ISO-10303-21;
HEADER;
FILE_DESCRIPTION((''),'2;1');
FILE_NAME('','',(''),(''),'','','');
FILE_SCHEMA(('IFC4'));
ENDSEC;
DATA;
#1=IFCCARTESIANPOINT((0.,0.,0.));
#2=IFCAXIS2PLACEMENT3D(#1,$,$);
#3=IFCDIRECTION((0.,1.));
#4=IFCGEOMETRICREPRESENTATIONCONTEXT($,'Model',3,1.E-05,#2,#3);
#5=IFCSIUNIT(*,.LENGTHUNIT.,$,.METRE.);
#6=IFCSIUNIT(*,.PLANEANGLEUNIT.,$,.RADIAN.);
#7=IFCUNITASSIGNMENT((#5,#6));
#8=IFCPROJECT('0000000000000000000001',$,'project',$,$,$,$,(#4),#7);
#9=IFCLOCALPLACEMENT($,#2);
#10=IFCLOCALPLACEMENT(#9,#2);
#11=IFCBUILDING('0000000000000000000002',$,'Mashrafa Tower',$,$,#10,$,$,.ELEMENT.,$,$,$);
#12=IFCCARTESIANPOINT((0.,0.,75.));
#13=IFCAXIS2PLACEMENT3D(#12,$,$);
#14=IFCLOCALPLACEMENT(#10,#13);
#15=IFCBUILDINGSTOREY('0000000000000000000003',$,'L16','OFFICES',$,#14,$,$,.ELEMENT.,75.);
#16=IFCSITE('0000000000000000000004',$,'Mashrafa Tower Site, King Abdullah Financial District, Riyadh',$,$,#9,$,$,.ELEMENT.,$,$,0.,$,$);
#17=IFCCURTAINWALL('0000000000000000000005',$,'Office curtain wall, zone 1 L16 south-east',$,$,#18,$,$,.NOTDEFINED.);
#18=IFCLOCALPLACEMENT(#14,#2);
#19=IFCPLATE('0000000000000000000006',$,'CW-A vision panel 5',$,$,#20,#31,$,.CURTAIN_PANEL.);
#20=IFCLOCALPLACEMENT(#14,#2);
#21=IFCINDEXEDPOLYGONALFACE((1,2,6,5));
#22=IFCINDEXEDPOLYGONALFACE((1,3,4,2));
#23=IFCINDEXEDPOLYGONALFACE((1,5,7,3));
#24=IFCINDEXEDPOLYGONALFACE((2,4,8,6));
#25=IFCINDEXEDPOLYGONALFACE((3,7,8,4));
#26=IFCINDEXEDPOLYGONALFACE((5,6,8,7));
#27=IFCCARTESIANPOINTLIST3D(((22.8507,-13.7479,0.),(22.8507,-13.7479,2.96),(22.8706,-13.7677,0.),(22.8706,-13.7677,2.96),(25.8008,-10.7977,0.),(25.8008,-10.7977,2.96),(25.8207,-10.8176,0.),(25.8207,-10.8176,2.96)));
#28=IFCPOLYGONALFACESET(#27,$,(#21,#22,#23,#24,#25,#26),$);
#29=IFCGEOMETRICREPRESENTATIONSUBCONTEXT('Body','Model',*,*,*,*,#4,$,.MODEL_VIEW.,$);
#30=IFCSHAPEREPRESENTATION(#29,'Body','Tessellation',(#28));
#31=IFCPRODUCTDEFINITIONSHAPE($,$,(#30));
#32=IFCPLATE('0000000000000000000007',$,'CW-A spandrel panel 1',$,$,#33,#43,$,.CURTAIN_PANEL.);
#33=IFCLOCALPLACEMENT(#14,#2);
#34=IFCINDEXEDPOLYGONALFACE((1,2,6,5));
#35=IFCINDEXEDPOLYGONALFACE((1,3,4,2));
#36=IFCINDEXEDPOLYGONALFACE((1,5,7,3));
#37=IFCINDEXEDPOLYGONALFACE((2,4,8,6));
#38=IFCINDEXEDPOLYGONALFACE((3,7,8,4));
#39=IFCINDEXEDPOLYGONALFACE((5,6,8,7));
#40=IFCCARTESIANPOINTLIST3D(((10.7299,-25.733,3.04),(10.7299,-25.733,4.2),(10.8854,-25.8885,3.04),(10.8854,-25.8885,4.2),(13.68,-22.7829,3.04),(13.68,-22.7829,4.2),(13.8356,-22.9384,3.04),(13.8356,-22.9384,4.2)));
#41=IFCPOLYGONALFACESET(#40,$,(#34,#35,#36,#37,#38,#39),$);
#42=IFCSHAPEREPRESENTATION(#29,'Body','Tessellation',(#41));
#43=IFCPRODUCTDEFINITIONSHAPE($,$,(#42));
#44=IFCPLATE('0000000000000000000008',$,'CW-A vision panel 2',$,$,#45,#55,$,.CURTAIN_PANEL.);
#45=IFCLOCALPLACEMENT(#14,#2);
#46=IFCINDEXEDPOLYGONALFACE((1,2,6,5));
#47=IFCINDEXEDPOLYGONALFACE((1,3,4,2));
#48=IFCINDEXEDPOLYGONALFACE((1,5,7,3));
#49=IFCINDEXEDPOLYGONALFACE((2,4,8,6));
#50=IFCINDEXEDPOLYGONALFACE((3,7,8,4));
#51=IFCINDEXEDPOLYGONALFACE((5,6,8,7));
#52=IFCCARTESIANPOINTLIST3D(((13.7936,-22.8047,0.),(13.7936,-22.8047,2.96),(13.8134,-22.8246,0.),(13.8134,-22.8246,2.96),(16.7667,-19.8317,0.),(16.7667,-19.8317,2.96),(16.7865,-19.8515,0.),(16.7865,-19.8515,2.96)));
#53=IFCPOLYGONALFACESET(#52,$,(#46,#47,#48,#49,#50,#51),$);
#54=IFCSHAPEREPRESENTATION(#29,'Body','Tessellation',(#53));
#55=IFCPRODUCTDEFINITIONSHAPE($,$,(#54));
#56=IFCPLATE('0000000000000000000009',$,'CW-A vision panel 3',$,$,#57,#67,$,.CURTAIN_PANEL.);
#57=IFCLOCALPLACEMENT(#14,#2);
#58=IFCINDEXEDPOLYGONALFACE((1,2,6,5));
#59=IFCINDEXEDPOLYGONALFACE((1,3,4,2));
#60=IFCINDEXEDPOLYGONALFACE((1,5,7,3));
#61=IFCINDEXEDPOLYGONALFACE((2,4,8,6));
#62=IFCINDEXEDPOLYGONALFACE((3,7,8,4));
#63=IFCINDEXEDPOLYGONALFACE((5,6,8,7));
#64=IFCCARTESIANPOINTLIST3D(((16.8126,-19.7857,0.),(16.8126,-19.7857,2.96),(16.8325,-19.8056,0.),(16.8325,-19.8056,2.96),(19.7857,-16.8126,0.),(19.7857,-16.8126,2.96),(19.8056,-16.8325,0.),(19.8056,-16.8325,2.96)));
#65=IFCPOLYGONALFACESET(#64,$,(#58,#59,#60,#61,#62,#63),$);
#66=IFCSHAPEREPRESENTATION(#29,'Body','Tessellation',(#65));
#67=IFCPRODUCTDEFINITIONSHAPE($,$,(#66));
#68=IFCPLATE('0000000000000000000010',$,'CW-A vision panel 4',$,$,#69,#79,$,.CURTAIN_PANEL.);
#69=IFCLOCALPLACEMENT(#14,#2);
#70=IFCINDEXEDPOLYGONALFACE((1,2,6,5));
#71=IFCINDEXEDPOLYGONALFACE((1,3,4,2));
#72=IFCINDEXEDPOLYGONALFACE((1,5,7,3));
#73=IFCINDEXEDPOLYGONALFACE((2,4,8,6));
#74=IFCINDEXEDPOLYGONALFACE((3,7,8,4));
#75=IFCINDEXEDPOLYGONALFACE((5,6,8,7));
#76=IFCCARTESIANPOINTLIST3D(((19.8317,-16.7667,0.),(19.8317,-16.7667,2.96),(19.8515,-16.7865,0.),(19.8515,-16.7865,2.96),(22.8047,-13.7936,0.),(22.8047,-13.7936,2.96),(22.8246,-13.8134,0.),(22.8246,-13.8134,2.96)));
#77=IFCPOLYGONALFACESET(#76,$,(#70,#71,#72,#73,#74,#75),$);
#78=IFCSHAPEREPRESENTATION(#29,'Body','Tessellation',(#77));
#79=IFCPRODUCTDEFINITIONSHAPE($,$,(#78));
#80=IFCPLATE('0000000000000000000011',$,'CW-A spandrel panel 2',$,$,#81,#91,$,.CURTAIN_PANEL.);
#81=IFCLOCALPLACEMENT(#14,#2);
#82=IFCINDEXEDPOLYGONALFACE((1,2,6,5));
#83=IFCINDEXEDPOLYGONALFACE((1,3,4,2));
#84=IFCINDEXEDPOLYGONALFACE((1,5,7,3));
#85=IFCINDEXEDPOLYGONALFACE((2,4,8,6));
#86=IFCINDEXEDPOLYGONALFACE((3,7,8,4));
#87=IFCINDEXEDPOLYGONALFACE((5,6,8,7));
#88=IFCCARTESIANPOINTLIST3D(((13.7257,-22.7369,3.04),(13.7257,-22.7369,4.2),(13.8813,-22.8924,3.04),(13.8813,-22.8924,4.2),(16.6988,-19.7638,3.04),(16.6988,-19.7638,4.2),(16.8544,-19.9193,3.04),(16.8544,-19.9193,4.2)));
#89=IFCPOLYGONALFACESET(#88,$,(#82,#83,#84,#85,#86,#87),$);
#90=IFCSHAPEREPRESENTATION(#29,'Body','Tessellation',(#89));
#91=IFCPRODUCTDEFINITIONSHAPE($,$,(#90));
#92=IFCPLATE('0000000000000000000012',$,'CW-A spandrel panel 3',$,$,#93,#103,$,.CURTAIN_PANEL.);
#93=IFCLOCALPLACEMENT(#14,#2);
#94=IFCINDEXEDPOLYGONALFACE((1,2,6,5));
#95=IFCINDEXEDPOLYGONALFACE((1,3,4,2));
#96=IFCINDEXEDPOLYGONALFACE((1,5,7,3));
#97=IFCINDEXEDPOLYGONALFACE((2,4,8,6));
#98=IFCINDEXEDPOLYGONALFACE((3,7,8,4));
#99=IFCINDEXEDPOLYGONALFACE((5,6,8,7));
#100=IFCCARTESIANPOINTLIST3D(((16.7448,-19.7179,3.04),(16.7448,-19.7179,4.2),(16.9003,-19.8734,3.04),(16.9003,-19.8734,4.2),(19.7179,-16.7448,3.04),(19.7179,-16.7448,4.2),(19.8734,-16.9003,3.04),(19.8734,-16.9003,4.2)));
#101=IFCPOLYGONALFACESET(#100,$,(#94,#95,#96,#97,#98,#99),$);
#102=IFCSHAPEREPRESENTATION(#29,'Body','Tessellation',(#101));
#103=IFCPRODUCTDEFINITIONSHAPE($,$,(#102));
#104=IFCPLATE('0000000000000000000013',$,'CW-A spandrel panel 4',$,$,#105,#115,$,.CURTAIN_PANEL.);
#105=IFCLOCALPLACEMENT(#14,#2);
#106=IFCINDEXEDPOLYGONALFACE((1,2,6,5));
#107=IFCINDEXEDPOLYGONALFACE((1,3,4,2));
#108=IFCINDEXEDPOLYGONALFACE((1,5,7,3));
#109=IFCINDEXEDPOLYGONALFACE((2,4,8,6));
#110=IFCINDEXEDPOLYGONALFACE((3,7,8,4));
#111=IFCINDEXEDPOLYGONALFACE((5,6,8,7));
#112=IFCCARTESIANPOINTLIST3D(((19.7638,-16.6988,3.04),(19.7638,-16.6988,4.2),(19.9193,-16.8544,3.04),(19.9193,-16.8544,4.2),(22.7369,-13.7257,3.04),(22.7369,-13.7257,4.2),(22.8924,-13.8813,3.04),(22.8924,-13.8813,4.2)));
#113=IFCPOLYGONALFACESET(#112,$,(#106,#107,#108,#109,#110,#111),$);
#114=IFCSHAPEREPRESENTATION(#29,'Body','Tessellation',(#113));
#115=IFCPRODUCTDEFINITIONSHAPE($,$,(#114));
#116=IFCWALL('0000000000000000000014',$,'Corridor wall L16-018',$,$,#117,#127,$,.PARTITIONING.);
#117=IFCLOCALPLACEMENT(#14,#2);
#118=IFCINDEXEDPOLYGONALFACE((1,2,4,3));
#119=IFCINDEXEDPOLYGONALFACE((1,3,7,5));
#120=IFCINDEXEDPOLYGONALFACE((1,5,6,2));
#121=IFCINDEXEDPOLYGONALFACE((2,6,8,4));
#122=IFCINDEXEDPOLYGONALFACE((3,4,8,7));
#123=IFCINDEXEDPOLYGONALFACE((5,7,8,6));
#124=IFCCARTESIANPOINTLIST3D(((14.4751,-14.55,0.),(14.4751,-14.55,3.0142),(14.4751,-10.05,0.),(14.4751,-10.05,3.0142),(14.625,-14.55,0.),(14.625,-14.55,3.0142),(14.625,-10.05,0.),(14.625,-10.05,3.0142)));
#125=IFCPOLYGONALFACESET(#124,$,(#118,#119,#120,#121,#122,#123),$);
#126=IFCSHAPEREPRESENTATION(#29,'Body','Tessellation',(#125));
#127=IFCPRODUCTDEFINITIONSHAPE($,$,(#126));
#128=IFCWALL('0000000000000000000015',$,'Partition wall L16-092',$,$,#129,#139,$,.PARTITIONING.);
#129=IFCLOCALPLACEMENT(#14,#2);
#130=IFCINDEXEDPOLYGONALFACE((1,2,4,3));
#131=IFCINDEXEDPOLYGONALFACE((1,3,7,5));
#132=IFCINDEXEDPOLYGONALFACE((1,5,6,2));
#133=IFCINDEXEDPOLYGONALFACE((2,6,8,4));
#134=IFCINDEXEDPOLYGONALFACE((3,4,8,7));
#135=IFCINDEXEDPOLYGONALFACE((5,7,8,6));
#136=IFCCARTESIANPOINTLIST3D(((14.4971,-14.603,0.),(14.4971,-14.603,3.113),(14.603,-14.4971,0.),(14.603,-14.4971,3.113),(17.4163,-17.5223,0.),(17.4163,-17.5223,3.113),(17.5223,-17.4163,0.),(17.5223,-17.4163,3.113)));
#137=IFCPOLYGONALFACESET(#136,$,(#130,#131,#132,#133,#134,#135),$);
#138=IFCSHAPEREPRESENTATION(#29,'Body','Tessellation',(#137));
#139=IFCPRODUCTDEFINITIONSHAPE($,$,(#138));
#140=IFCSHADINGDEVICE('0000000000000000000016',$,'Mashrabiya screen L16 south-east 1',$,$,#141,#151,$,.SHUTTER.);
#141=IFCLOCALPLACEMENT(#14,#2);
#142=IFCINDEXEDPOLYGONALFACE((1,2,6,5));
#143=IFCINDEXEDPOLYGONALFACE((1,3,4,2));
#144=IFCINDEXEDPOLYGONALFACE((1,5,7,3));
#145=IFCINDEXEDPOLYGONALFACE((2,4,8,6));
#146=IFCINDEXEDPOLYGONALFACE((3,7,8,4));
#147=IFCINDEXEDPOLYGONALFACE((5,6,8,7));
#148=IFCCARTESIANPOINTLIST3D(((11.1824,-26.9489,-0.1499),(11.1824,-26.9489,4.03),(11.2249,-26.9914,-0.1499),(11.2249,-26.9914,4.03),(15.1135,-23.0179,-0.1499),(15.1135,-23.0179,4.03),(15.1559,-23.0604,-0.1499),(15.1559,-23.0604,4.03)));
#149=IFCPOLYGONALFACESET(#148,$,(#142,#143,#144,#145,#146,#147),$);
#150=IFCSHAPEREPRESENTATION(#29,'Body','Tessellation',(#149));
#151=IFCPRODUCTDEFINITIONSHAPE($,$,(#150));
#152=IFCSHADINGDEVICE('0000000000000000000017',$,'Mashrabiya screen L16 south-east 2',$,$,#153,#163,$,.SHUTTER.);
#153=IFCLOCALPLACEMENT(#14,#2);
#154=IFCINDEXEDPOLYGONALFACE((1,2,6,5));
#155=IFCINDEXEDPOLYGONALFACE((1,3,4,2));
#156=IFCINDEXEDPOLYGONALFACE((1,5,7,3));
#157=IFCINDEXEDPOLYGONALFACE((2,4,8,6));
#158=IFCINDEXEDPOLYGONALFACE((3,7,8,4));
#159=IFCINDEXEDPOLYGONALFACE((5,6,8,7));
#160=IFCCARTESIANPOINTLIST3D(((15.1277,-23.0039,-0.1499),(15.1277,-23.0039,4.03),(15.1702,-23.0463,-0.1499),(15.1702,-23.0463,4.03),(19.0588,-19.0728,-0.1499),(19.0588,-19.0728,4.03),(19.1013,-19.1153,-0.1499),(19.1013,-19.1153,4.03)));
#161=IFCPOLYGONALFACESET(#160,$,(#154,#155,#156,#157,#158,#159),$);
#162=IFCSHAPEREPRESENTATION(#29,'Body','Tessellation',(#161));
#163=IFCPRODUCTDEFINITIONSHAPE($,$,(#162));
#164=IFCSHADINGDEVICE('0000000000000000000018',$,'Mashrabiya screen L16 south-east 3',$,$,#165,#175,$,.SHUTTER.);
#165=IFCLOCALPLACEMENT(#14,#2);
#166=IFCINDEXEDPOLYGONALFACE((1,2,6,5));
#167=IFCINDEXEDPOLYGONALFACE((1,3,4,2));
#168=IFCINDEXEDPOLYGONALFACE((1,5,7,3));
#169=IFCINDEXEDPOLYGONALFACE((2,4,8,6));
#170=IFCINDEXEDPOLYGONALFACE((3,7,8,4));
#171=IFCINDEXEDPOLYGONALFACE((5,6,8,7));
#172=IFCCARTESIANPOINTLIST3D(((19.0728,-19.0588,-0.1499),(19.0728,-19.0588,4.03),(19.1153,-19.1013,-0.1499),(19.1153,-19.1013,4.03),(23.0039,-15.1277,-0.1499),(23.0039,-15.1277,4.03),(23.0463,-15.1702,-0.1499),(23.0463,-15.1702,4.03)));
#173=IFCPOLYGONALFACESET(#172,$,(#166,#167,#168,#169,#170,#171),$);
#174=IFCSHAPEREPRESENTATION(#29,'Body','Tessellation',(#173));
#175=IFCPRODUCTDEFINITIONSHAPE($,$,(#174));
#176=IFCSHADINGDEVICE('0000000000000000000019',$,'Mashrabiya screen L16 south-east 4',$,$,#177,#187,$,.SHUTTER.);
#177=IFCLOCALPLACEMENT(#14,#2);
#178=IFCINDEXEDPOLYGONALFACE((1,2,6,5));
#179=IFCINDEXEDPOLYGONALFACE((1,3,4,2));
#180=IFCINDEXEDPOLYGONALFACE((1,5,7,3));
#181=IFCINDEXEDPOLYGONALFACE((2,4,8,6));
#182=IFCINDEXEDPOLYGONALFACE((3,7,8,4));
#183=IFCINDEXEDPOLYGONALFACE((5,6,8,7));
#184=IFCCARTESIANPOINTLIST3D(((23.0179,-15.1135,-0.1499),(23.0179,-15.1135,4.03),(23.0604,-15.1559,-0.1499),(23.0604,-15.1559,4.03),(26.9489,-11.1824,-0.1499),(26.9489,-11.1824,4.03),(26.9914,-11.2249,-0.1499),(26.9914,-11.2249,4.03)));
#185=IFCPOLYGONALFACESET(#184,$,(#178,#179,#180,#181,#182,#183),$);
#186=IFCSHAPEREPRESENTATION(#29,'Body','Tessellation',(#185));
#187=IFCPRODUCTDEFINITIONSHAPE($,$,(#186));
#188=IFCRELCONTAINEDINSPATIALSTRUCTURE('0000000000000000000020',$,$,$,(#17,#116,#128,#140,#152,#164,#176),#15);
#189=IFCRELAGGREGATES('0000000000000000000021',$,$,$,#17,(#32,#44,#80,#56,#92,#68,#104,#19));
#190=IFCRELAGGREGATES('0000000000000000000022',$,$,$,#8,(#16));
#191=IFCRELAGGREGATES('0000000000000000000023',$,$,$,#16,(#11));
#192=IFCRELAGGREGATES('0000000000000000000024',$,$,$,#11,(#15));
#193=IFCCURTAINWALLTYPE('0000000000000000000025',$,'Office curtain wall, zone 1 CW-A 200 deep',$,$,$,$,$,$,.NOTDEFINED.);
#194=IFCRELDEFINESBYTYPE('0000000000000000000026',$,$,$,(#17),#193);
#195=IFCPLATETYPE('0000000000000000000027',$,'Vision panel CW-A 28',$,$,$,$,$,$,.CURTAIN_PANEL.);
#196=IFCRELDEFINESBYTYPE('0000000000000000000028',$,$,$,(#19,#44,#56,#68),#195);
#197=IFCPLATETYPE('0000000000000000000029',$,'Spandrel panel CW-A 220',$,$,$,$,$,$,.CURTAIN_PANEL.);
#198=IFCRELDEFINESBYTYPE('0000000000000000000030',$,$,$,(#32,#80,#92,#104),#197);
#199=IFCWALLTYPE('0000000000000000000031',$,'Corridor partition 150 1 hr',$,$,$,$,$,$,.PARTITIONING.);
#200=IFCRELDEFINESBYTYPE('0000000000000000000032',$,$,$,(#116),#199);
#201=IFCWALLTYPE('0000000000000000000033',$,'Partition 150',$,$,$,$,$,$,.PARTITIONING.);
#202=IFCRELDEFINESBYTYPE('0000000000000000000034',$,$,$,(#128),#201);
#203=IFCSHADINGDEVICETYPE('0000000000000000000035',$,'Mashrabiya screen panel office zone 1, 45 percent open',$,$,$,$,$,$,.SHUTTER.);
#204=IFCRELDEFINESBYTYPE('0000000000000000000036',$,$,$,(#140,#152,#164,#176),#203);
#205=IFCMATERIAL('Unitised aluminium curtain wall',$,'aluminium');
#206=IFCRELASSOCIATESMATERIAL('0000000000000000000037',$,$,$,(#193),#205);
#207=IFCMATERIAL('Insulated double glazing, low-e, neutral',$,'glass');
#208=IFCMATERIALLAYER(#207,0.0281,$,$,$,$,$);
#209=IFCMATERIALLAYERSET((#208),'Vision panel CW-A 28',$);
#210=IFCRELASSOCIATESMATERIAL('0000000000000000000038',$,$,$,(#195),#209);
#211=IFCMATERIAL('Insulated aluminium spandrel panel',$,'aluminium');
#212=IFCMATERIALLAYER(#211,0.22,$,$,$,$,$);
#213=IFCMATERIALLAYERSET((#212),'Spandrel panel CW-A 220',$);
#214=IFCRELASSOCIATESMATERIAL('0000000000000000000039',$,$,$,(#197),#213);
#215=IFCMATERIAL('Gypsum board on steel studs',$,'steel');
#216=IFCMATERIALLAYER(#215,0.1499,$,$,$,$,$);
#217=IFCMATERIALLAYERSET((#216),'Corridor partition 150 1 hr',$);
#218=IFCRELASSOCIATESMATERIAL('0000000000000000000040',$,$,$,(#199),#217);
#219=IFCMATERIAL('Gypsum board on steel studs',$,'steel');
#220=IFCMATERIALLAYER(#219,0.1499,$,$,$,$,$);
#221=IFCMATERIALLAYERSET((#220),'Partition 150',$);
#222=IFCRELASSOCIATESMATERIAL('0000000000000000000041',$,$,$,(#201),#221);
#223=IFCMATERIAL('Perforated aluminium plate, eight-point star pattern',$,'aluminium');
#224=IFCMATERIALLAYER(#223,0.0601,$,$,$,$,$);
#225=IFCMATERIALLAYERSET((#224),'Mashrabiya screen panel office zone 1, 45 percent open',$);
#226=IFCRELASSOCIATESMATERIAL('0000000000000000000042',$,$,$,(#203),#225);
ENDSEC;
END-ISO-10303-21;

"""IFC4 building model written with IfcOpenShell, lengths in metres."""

from ifc_helpers import new_model, si_unit, direction, frame, frame_2d, origin, origin_2d, place, context, subcontext, project, spatial, rectangle, extrude, source, transform, mapped, material, layer, layer_set, type_object, type_shapes, element, aggregate, save


model = new_model("IFC4")

# Units and contexts
model_context = context("Model", 3, precision=1e-05, world=origin(), true_north=direction((0.0, 1.0)))
body_context = subcontext(model_context, "Body", "Model", "MODEL_VIEW")
ifc_project = project(units=[si_unit("LENGTHUNIT", "METRE"), si_unit("PLANEANGLEUNIT", "RADIAN")], contexts=[model_context])

# Site, building, storey
site_placement = place(None, origin())
site = spatial("IfcSite", under=ifc_project, at=site_placement, Name="Mashrafa Tower Site, King Abdullah Financial District, Riyadh", CompositionType="ELEMENT", RefElevation=0.0)
building_placement = place(site_placement, origin())
building = spatial("IfcBuilding", under=site, at=building_placement, Name="Mashrafa Tower", CompositionType="ELEMENT")
storey_placement = place(building_placement, frame((0.0, 0.0, 75.0)))
storey = spatial("IfcBuildingStorey", under=building, at=storey_placement, Name="L16", Description="OFFICES", CompositionType="ELEMENT", Elevation=75.0)

# Curtain wall, plates
ifc_material_1 = material(Name="Unitised aluminium curtain wall", Category="aluminium")
curtain_wall_type = type_object("IfcCurtainWallType", Name="Office curtain wall, zone 1 CW-A 200 deep", PredefinedType="NOTDEFINED", material=ifc_material_1)
curtain_wall_placement = place(storey_placement, origin())
curtain_wall = element("IfcCurtainWall", 1, at=curtain_wall_placement, inside=storey, type_object=curtain_wall_type, Name="Office curtain wall, zone 1 L16 south-east", PredefinedType="NOTDEFINED")
ifc_material_2 = material(Name="Insulated double glazing, low-e, neutral", Category="glass")
ifc_layer_1 = layer(ifc_material_2, 0.0281)
ifc_layer_set_1 = layer_set([ifc_layer_1], Name="Vision panel CW-A 28")
plate_type_1 = type_object("IfcPlateType", Name="Vision panel CW-A 28", PredefinedType="CURTAIN_PANEL", material=ifc_layer_set_1)
shared_shape_1 = source(origin(), body_context, "Body", "SweptSolid", [
    extrude(rectangle(XDim=4.1721, YDim=0.0281, at=origin_2d()), origin(), (0.0, 0.0, 1.0), 2.96),
])
plate_1_placement = place(storey_placement, frame((24.3357, -12.2827, 0.0), z_axis=(0.0, 0.0, 1.0), x_axis=(0.707107, 0.707107, 0.0)))
plate_1 = element("IfcPlate", 2, at=plate_1_placement, type_object=plate_type_1, Name="CW-A vision panel 5", PredefinedType="CURTAIN_PANEL", context=body_context, shape_type="MappedRepresentation", body=[
    mapped(shared_shape_1, transform((0.0, 0.0, 0.0))),
])
ifc_material_3 = material(Name="Insulated aluminium spandrel panel", Category="aluminium")
ifc_layer_2 = layer(ifc_material_3, 0.22)
ifc_layer_set_2 = layer_set([ifc_layer_2], Name="Spandrel panel CW-A 220")
plate_type_2 = type_object("IfcPlateType", Name="Spandrel panel CW-A 220", PredefinedType="CURTAIN_PANEL", material=ifc_layer_set_2)
shared_shape_2 = source(origin(), body_context, "Body", "SweptSolid", [
    extrude(rectangle(XDim=4.1721, YDim=0.22, at=origin_2d()), origin(), (0.0, 0.0, 1.0), 1.1599),
])
plate_2_placement = place(storey_placement, frame((12.2827, -24.3357, 3.04), z_axis=(0.0, 0.0, 1.0), x_axis=(0.707107, 0.707107, 0.0)))
plate_2 = element("IfcPlate", 3, at=plate_2_placement, type_object=plate_type_2, Name="CW-A spandrel panel 1", PredefinedType="CURTAIN_PANEL", context=body_context, shape_type="MappedRepresentation", body=[
    mapped(shared_shape_2, transform((0.0, 0.0, 0.0))),
])
shared_shape_3 = source(origin(), body_context, "Body", "SweptSolid", [
    extrude(rectangle(XDim=4.2046, YDim=0.0281, at=origin_2d()), origin(), (0.0, 0.0, 1.0), 2.96),
])
type_shapes(plate_type_1, [shared_shape_1, shared_shape_3])
plate_3_placement = place(storey_placement, frame((15.29, -21.3281, 0.0), z_axis=(0.0, 0.0, 1.0), x_axis=(0.707107, 0.707107, 0.0)))
plate_3 = element("IfcPlate", 4, at=plate_3_placement, type_object=plate_type_1, Name="CW-A vision panel 2", PredefinedType="CURTAIN_PANEL", context=body_context, shape_type="MappedRepresentation", body=[
    mapped(shared_shape_3, transform((0.0, 0.0, 0.0))),
])
plate_4_placement = place(storey_placement, frame((18.3091, -18.3091, 0.0), z_axis=(0.0, 0.0, 1.0), x_axis=(0.707107, 0.707107, 0.0)))
plate_4 = element("IfcPlate", 5, at=plate_4_placement, type_object=plate_type_1, Name="CW-A vision panel 3", PredefinedType="CURTAIN_PANEL", context=body_context, shape_type="MappedRepresentation", body=[
    mapped(shared_shape_3, transform((0.0, 0.0, 0.0))),
])
plate_5_placement = place(storey_placement, frame((21.3281, -15.29, 0.0), z_axis=(0.0, 0.0, 1.0), x_axis=(0.707107, 0.707107, 0.0)))
plate_5 = element("IfcPlate", 6, at=plate_5_placement, type_object=plate_type_1, Name="CW-A vision panel 4", PredefinedType="CURTAIN_PANEL", context=body_context, shape_type="MappedRepresentation", body=[
    mapped(shared_shape_3, transform((0.0, 0.0, 0.0))),
])
shared_shape_4 = source(origin(), body_context, "Body", "SweptSolid", [
    extrude(rectangle(XDim=4.2046, YDim=0.22, at=origin_2d()), origin(), (0.0, 0.0, 1.0), 1.1599),
])
type_shapes(plate_type_2, [shared_shape_2, shared_shape_4])
plate_6_placement = place(storey_placement, frame((15.29, -21.3281, 3.04), z_axis=(0.0, 0.0, 1.0), x_axis=(0.707107, 0.707107, 0.0)))
plate_6 = element("IfcPlate", 7, at=plate_6_placement, type_object=plate_type_2, Name="CW-A spandrel panel 2", PredefinedType="CURTAIN_PANEL", context=body_context, shape_type="MappedRepresentation", body=[
    mapped(shared_shape_4, transform((0.0, 0.0, 0.0))),
])
plate_7_placement = place(storey_placement, frame((18.3091, -18.3091, 3.04), z_axis=(0.0, 0.0, 1.0), x_axis=(0.707107, 0.707107, 0.0)))
plate_7 = element("IfcPlate", 8, at=plate_7_placement, type_object=plate_type_2, Name="CW-A spandrel panel 3", PredefinedType="CURTAIN_PANEL", context=body_context, shape_type="MappedRepresentation", body=[
    mapped(shared_shape_4, transform((0.0, 0.0, 0.0))),
])
plate_8_placement = place(storey_placement, frame((21.3281, -15.29, 3.04), z_axis=(0.0, 0.0, 1.0), x_axis=(0.707107, 0.707107, 0.0)))
plate_8 = element("IfcPlate", 9, at=plate_8_placement, type_object=plate_type_2, Name="CW-A spandrel panel 4", PredefinedType="CURTAIN_PANEL", context=body_context, shape_type="MappedRepresentation", body=[
    mapped(shared_shape_4, transform((0.0, 0.0, 0.0))),
])
aggregate(curtain_wall, [plate_2, plate_3, plate_6, plate_4, plate_7, plate_5, plate_8, plate_1])

# Walls
ifc_material_4 = material(Name="Gypsum board on steel studs", Category="steel")
ifc_layer_3 = layer(ifc_material_4, 0.1499)
ifc_layer_set_3 = layer_set([ifc_layer_3], Name="Corridor partition 150 1 hr")
wall_type_1 = type_object("IfcWallType", Name="Corridor partition 150 1 hr", PredefinedType="PARTITIONING", material=ifc_layer_set_3)
wall_1_placement = place(storey_placement, frame((14.55, -14.55, 0.0), z_axis=(0.0, 0.0, 1.0), x_axis=(0.0, 1.0, 0.0)))
element("IfcWall", 10, at=wall_1_placement, inside=storey, type_object=wall_type_1, Name="Corridor wall L16-018", PredefinedType="PARTITIONING", context=body_context, shape_type="SweptSolid", body=[
    extrude(rectangle(XDim=4.5, YDim=0.1499, at=frame_2d((2.25, 0.0))), origin(), (0.0, 0.0, 1.0), 3.0142),
])
ifc_material_5 = material(Name="Gypsum board on steel studs", Category="steel")
ifc_layer_4 = layer(ifc_material_5, 0.1499)
ifc_layer_set_4 = layer_set([ifc_layer_4], Name="Partition 150")
wall_type_2 = type_object("IfcWallType", Name="Partition 150", PredefinedType="PARTITIONING", material=ifc_layer_set_4)
wall_2_placement = place(storey_placement, frame((14.55, -14.55, 0.0), z_axis=(0.0, 0.0, 1.0), x_axis=(0.707107, -0.707107, 0.0)))
element("IfcWall", 11, at=wall_2_placement, inside=storey, type_object=wall_type_2, Name="Partition wall L16-092", PredefinedType="PARTITIONING", context=body_context, shape_type="SweptSolid", body=[
    extrude(rectangle(XDim=4.1284, YDim=0.1499, at=frame_2d((2.0642, 0.0))), origin(), (0.0, 0.0, 1.0), 3.113),
])

# Shading devices
ifc_material_6 = material(Name="Perforated aluminium plate, eight-point star pattern", Category="aluminium")
ifc_layer_5 = layer(ifc_material_6, 0.0601)
ifc_layer_set_5 = layer_set([ifc_layer_5], Name="Mashrabiya screen panel office zone 1, 45 percent open")
shading_device_type = type_object("IfcShadingDeviceType", Name="Mashrabiya screen panel office zone 1, 45 percent open", PredefinedType="SHUTTER", material=ifc_layer_set_5)
shared_shape_5 = source(origin(), body_context, "Body", "SweptSolid", [
    extrude(rectangle(XDim=5.5593, YDim=0.0601, at=origin_2d()), origin(), (0.0, 0.0, 1.0), 4.1799),
])
type_shapes(shading_device_type, [shared_shape_5])
for number, where, z_axis, x_axis, name in (
    (12, (13.1692, -25.0046, -0.1499), (0.0, 0.0, 1.0), (0.707107, 0.707107, 0.0), "Mashrabiya screen L16 south-east 1"),
    (13, (17.1145, -21.0596, -0.1499), (0.0, 0.0, 1.0), (0.707107, 0.707107, 0.0), "Mashrabiya screen L16 south-east 2"),
    (14, (21.0596, -17.1145, -0.1499), (0.0, 0.0, 1.0), (0.707107, 0.707107, 0.0), "Mashrabiya screen L16 south-east 3"),
    (15, (25.0046, -13.1692, -0.1499), (0.0, 0.0, 1.0), (0.707107, 0.707107, 0.0), "Mashrabiya screen L16 south-east 4"),
):
    element("IfcShadingDevice", number, at=place(storey_placement, frame(where, z_axis=z_axis, x_axis=x_axis)), inside=storey, type_object=shading_device_type, Name=name, PredefinedType="SHUTTER", context=body_context, shape_type="MappedRepresentation", body=[
        mapped(shared_shape_5, transform((0.0, 0.0, 0.0))),
    ])

save(model, "model.ifc")
